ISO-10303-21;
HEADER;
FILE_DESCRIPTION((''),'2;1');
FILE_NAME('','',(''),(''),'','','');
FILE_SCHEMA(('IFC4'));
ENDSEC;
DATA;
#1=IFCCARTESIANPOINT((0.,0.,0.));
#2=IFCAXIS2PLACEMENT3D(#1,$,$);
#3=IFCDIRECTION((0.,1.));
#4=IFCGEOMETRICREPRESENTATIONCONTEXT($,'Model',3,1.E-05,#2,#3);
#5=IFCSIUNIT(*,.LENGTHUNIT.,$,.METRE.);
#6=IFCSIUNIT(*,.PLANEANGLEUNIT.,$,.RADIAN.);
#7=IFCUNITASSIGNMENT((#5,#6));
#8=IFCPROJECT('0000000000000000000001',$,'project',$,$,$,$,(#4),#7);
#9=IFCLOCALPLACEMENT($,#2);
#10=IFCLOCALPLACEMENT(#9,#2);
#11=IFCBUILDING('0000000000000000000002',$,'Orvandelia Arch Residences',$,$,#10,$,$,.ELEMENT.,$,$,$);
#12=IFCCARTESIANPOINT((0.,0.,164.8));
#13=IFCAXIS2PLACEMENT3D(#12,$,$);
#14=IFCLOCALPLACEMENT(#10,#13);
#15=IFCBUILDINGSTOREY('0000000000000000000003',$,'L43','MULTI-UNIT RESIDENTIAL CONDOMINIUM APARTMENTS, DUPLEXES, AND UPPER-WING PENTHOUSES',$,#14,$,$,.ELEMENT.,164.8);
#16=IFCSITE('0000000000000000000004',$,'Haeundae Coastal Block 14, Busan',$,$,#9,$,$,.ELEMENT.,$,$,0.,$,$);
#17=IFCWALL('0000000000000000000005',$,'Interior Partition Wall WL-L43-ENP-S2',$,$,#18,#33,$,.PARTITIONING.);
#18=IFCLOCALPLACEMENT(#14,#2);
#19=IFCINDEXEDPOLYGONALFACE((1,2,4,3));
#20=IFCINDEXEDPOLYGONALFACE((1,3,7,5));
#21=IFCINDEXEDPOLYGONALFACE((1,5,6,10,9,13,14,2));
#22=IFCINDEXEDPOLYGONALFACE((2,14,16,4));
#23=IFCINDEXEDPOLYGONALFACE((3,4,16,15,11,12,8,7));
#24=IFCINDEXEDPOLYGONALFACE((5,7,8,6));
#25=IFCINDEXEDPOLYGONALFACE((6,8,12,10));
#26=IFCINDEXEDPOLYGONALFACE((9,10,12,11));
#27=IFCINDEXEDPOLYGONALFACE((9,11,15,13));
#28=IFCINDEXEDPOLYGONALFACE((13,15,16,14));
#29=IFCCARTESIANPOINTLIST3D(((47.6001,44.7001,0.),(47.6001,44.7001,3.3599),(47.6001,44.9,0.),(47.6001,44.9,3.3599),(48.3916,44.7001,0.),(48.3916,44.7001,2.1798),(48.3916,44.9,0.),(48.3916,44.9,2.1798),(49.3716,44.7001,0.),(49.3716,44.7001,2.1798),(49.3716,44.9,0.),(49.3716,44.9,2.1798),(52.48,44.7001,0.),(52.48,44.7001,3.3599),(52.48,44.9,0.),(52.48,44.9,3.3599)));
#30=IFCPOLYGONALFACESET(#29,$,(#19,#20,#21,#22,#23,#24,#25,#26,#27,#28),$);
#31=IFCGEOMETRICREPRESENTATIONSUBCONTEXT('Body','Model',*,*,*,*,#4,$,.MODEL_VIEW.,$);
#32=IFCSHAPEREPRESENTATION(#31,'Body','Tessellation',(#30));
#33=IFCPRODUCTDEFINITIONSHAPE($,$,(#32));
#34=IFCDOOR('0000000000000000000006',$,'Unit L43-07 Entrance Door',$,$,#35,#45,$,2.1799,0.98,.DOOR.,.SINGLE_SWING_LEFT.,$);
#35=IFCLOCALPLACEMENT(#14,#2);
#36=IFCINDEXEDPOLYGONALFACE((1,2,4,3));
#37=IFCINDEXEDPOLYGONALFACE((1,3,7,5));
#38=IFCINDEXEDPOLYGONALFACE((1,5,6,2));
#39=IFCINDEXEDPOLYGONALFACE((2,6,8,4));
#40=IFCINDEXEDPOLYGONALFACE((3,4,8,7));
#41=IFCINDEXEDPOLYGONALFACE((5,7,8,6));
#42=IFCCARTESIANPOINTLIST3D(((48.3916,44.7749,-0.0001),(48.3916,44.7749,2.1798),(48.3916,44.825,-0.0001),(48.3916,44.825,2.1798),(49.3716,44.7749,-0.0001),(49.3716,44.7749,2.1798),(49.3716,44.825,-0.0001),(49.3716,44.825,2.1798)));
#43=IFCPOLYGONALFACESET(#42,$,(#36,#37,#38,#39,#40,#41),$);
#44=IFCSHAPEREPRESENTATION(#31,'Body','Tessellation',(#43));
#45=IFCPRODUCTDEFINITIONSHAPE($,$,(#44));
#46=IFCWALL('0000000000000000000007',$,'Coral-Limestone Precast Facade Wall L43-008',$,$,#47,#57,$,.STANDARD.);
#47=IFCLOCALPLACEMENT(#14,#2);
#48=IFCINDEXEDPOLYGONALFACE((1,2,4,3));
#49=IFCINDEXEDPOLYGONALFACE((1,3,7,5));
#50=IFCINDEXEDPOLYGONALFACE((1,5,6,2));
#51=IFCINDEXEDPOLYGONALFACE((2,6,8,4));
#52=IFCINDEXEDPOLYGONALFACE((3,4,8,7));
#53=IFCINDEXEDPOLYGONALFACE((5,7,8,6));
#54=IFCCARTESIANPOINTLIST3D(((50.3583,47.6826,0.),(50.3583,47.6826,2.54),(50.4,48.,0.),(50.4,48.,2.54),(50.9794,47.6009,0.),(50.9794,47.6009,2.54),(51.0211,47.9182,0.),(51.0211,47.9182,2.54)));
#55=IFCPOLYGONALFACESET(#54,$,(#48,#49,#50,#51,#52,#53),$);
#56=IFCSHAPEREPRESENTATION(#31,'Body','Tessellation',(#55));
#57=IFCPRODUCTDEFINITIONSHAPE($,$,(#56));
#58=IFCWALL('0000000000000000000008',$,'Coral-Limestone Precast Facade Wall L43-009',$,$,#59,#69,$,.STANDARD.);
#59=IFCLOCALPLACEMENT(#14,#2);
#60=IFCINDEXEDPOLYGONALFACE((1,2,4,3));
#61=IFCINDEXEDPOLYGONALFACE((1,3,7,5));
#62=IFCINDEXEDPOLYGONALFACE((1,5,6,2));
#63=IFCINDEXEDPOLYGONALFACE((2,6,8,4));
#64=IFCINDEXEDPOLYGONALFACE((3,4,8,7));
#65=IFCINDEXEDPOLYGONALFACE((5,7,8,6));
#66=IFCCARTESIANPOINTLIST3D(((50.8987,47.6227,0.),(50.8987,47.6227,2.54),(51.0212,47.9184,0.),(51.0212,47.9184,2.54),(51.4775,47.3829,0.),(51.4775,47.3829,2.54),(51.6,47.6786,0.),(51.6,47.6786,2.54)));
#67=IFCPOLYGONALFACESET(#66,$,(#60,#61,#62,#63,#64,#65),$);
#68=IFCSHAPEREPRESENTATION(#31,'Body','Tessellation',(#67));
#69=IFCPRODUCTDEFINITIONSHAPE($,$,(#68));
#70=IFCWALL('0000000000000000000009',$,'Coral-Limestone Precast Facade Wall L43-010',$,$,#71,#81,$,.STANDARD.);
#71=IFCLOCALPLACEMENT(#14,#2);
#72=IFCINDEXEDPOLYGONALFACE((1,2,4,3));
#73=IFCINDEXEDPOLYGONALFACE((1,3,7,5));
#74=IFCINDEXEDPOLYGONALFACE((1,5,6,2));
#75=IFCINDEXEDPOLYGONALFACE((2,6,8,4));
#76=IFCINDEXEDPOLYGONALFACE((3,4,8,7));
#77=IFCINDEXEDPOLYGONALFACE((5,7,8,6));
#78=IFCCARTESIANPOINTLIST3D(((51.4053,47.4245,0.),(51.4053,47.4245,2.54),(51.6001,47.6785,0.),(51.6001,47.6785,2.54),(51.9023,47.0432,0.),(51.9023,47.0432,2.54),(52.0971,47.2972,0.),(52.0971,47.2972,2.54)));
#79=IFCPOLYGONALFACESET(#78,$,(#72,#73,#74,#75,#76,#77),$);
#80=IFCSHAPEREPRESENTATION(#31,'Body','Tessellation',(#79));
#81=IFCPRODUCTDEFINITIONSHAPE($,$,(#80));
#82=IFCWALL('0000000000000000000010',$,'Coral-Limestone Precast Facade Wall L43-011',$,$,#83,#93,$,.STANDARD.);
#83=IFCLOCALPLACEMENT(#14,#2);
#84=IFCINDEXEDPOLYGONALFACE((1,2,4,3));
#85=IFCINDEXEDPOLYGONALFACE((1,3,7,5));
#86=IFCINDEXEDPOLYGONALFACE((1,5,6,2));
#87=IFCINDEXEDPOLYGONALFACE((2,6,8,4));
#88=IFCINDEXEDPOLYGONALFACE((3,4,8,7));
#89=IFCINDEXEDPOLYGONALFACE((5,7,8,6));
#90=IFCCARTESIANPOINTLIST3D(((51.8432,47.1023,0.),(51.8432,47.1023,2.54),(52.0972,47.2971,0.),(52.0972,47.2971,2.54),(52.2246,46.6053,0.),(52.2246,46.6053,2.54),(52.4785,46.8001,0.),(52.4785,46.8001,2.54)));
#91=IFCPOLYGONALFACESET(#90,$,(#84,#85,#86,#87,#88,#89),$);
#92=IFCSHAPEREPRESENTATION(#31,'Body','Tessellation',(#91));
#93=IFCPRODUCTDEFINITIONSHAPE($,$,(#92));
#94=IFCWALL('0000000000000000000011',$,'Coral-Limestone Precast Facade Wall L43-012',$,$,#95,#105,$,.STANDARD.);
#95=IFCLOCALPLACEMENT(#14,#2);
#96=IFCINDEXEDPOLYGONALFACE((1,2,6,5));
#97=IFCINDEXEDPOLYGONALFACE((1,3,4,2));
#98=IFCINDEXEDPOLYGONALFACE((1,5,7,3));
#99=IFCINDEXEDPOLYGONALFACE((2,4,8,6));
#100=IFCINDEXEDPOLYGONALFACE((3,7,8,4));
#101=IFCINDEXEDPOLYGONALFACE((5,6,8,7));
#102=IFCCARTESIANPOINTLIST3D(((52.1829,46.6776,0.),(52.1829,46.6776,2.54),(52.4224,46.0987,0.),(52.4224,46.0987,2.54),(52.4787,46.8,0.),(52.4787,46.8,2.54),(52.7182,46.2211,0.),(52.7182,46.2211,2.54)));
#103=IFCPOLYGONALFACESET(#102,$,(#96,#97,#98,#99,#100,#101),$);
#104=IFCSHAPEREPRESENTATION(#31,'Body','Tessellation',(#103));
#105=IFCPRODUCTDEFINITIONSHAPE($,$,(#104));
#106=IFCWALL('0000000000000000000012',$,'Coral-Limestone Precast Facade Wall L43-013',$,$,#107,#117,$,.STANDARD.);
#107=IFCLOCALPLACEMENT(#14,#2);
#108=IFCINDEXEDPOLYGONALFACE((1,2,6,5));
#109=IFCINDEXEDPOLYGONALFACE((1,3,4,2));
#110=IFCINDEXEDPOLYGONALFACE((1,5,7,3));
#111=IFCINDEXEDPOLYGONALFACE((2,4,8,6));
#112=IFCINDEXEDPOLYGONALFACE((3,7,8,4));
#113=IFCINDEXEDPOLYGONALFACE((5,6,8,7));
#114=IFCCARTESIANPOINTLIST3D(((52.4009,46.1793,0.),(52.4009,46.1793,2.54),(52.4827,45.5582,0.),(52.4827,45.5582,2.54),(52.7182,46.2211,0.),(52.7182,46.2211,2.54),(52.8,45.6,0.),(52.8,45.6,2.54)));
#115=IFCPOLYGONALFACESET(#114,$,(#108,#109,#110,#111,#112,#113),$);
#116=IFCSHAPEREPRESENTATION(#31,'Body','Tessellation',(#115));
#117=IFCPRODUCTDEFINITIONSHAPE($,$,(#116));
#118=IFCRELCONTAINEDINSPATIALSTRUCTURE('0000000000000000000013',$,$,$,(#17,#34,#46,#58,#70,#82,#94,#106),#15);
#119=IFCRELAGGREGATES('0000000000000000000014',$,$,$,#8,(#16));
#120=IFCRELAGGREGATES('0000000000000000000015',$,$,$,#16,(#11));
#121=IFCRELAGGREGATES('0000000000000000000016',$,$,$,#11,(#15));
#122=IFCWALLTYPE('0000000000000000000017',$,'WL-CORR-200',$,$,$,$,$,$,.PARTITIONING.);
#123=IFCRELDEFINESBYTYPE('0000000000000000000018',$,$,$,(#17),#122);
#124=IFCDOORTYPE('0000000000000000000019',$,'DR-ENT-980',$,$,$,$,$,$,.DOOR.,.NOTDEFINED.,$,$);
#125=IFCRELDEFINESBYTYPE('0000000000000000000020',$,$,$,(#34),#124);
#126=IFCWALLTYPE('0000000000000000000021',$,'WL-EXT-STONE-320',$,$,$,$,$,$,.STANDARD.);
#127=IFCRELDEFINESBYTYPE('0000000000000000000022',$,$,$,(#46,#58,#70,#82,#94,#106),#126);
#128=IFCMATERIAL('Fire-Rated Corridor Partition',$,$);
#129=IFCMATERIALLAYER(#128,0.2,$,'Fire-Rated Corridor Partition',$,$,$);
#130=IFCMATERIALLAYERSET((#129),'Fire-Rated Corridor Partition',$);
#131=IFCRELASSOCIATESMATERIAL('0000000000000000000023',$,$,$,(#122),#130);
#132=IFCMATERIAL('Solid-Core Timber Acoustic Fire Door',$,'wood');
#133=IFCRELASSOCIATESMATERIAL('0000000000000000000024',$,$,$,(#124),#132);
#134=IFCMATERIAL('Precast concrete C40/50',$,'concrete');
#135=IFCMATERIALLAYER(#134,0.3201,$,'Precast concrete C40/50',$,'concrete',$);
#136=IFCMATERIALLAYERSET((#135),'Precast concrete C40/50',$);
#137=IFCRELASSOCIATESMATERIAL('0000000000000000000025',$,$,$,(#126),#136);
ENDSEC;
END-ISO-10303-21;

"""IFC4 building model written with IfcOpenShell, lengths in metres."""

from ifc_helpers import new_model, si_unit, direction, frame, frame_2d, origin, place, context, subcontext, project, spatial, rectangle, extrude, material, layer, layer_set, type_object, element, fill, save


model = new_model("IFC4")

# Units and contexts
model_context = context("Model", 3, precision=1e-05, world=origin(), true_north=direction((0.0, 1.0)))
body_context = subcontext(model_context, "Body", "Model", "MODEL_VIEW")
ifc_project = project(units=[si_unit("LENGTHUNIT", "METRE"), si_unit("PLANEANGLEUNIT", "RADIAN")], contexts=[model_context])

# Site, building, storey
site_placement = place(None, origin())
site = spatial("IfcSite", under=ifc_project, at=site_placement, Name="Haeundae Coastal Block 14, Busan", CompositionType="ELEMENT", RefElevation=0.0)
building_placement = place(site_placement, origin())
building = spatial("IfcBuilding", under=site, at=building_placement, Name="Orvandelia Arch Residences", CompositionType="ELEMENT")
storey_placement = place(building_placement, frame((0.0, 0.0, 164.8)))
storey = spatial("IfcBuildingStorey", under=building, at=storey_placement, Name="L43", Description="MULTI-UNIT RESIDENTIAL CONDOMINIUM APARTMENTS, DUPLEXES, AND UPPER-WING PENTHOUSES", CompositionType="ELEMENT", Elevation=164.8)

# Wall, opening, door
ifc_material_1 = material(Name="Fire-Rated Corridor Partition")
ifc_layer_1 = layer(ifc_material_1, 0.2, Name="Fire-Rated Corridor Partition")
ifc_layer_set_1 = layer_set([ifc_layer_1], Name="Fire-Rated Corridor Partition")
wall_type_1 = type_object("IfcWallType", Name="WL-CORR-200", PredefinedType="PARTITIONING", material=ifc_layer_set_1)
wall_1_placement = place(storey_placement, frame((47.6001, 44.8, 0.0), z_axis=(0.0, 0.0, 1.0), x_axis=(1.0, 0.0, 0.0)))
wall_1 = element("IfcWall", 1, at=wall_1_placement, inside=storey, type_object=wall_type_1, Name="Interior Partition Wall WL-L43-ENP-S2", PredefinedType="PARTITIONING", context=body_context, shape_type="SweptSolid", body=[
    extrude(rectangle(XDim=4.8799, YDim=0.2, at=frame_2d((2.4399, 0.0))), origin(), (0.0, 0.0, 1.0), 3.3599),
])
opening_1_placement = place(wall_1_placement, frame((0.7915, 0.0, 0.0)))
opening_1 = element("IfcOpeningElement", 2, at=opening_1_placement, cuts=wall_1, PredefinedType="OPENING", context=body_context, shape_type="SweptSolid", body=[
    extrude(rectangle(XDim=0.98, YDim=2.1799, at=frame_2d((0.49, 1.0898))), frame((0.0, 0.1099, 0.0), z_axis=(0.0, -1.0, 0.0), x_axis=(1.0, 0.0, 0.0)), (0.0, 0.0, 1.0), 0.22),
])
ifc_material_2 = material(Name="Solid-Core Timber Acoustic Fire Door", Category="wood")
door_type_1 = type_object("IfcDoorType", Name="DR-ENT-980", OperationType="NOTDEFINED", PredefinedType="DOOR", material=ifc_material_2)
door_1_placement = place(opening_1_placement, origin())
door_1 = element("IfcDoor", 3, at=door_1_placement, inside=storey, type_object=door_type_1, Name="Unit L43-07 Entrance Door", OperationType="SINGLE_SWING_LEFT", OverallHeight=2.1799, OverallWidth=0.98, PredefinedType="DOOR", context=body_context, shape_type="SweptSolid", body=[
    extrude(rectangle(XDim=0.98, YDim=2.1799, at=frame_2d((0.49, 1.0898))), frame((0.0, 0.0249, 0.0), z_axis=(0.0, -1.0, 0.0), x_axis=(1.0, 0.0, 0.0)), (0.0, 0.0, 1.0), 0.05),
])
fill(opening_1, door_1)

# Walls
ifc_material_3 = material(Name="Precast concrete C40/50", Category="concrete")
ifc_layer_2 = layer(ifc_material_3, 0.3201, Name="Precast concrete C40/50", Category="concrete")
ifc_layer_set_2 = layer_set([ifc_layer_2], Name="Precast concrete C40/50")
wall_type_2 = type_object("IfcWallType", Name="WL-EXT-STONE-320", PredefinedType="STANDARD", material=ifc_layer_set_2)
for number, where, z_axis, x_axis, name in (
    (4, (50.3792, 47.8413, 0.0), (0.0, 0.0, 1.0), (0.991441, -0.130555, 0.0), "Coral-Limestone Precast Facade Wall L43-008"),
    (5, (50.96, 47.7705, 0.0), (0.0, 0.0, 1.0), (0.923893, -0.38265, 0.0), "Coral-Limestone Precast Facade Wall L43-009"),
    (6, (51.5027, 47.5515, 0.0), (0.0, 0.0, 1.0), (0.793406, -0.608693, 0.0), "Coral-Limestone Precast Facade Wall L43-010"),
    (7, (51.9702, 47.1997, 0.0), (0.0, 0.0, 1.0), (0.608693, -0.793406, 0.0), "Coral-Limestone Precast Facade Wall L43-011"),
    (8, (52.3308, 46.7388, 0.0), (0.0, 0.0, 1.0), (0.382317, -0.924031, 0.0), "Coral-Limestone Precast Facade Wall L43-012"),
    (9, (52.5596, 46.2002, 0.0), (0.0, 0.0, 1.0), (0.130555, -0.991441, 0.0), "Coral-Limestone Precast Facade Wall L43-013"),
):
    element("IfcWall", number, at=place(storey_placement, frame(where, z_axis=z_axis, x_axis=x_axis)), inside=storey, type_object=wall_type_2, Name=name, PredefinedType="STANDARD", context=body_context, shape_type="SweptSolid", body=[
        extrude(rectangle(XDim=0.6265, YDim=0.3201, at=frame_2d((0.3132, 0.0))), origin(), (0.0, 0.0, 1.0), 2.54),
    ])

save(model, "model.ifc")
